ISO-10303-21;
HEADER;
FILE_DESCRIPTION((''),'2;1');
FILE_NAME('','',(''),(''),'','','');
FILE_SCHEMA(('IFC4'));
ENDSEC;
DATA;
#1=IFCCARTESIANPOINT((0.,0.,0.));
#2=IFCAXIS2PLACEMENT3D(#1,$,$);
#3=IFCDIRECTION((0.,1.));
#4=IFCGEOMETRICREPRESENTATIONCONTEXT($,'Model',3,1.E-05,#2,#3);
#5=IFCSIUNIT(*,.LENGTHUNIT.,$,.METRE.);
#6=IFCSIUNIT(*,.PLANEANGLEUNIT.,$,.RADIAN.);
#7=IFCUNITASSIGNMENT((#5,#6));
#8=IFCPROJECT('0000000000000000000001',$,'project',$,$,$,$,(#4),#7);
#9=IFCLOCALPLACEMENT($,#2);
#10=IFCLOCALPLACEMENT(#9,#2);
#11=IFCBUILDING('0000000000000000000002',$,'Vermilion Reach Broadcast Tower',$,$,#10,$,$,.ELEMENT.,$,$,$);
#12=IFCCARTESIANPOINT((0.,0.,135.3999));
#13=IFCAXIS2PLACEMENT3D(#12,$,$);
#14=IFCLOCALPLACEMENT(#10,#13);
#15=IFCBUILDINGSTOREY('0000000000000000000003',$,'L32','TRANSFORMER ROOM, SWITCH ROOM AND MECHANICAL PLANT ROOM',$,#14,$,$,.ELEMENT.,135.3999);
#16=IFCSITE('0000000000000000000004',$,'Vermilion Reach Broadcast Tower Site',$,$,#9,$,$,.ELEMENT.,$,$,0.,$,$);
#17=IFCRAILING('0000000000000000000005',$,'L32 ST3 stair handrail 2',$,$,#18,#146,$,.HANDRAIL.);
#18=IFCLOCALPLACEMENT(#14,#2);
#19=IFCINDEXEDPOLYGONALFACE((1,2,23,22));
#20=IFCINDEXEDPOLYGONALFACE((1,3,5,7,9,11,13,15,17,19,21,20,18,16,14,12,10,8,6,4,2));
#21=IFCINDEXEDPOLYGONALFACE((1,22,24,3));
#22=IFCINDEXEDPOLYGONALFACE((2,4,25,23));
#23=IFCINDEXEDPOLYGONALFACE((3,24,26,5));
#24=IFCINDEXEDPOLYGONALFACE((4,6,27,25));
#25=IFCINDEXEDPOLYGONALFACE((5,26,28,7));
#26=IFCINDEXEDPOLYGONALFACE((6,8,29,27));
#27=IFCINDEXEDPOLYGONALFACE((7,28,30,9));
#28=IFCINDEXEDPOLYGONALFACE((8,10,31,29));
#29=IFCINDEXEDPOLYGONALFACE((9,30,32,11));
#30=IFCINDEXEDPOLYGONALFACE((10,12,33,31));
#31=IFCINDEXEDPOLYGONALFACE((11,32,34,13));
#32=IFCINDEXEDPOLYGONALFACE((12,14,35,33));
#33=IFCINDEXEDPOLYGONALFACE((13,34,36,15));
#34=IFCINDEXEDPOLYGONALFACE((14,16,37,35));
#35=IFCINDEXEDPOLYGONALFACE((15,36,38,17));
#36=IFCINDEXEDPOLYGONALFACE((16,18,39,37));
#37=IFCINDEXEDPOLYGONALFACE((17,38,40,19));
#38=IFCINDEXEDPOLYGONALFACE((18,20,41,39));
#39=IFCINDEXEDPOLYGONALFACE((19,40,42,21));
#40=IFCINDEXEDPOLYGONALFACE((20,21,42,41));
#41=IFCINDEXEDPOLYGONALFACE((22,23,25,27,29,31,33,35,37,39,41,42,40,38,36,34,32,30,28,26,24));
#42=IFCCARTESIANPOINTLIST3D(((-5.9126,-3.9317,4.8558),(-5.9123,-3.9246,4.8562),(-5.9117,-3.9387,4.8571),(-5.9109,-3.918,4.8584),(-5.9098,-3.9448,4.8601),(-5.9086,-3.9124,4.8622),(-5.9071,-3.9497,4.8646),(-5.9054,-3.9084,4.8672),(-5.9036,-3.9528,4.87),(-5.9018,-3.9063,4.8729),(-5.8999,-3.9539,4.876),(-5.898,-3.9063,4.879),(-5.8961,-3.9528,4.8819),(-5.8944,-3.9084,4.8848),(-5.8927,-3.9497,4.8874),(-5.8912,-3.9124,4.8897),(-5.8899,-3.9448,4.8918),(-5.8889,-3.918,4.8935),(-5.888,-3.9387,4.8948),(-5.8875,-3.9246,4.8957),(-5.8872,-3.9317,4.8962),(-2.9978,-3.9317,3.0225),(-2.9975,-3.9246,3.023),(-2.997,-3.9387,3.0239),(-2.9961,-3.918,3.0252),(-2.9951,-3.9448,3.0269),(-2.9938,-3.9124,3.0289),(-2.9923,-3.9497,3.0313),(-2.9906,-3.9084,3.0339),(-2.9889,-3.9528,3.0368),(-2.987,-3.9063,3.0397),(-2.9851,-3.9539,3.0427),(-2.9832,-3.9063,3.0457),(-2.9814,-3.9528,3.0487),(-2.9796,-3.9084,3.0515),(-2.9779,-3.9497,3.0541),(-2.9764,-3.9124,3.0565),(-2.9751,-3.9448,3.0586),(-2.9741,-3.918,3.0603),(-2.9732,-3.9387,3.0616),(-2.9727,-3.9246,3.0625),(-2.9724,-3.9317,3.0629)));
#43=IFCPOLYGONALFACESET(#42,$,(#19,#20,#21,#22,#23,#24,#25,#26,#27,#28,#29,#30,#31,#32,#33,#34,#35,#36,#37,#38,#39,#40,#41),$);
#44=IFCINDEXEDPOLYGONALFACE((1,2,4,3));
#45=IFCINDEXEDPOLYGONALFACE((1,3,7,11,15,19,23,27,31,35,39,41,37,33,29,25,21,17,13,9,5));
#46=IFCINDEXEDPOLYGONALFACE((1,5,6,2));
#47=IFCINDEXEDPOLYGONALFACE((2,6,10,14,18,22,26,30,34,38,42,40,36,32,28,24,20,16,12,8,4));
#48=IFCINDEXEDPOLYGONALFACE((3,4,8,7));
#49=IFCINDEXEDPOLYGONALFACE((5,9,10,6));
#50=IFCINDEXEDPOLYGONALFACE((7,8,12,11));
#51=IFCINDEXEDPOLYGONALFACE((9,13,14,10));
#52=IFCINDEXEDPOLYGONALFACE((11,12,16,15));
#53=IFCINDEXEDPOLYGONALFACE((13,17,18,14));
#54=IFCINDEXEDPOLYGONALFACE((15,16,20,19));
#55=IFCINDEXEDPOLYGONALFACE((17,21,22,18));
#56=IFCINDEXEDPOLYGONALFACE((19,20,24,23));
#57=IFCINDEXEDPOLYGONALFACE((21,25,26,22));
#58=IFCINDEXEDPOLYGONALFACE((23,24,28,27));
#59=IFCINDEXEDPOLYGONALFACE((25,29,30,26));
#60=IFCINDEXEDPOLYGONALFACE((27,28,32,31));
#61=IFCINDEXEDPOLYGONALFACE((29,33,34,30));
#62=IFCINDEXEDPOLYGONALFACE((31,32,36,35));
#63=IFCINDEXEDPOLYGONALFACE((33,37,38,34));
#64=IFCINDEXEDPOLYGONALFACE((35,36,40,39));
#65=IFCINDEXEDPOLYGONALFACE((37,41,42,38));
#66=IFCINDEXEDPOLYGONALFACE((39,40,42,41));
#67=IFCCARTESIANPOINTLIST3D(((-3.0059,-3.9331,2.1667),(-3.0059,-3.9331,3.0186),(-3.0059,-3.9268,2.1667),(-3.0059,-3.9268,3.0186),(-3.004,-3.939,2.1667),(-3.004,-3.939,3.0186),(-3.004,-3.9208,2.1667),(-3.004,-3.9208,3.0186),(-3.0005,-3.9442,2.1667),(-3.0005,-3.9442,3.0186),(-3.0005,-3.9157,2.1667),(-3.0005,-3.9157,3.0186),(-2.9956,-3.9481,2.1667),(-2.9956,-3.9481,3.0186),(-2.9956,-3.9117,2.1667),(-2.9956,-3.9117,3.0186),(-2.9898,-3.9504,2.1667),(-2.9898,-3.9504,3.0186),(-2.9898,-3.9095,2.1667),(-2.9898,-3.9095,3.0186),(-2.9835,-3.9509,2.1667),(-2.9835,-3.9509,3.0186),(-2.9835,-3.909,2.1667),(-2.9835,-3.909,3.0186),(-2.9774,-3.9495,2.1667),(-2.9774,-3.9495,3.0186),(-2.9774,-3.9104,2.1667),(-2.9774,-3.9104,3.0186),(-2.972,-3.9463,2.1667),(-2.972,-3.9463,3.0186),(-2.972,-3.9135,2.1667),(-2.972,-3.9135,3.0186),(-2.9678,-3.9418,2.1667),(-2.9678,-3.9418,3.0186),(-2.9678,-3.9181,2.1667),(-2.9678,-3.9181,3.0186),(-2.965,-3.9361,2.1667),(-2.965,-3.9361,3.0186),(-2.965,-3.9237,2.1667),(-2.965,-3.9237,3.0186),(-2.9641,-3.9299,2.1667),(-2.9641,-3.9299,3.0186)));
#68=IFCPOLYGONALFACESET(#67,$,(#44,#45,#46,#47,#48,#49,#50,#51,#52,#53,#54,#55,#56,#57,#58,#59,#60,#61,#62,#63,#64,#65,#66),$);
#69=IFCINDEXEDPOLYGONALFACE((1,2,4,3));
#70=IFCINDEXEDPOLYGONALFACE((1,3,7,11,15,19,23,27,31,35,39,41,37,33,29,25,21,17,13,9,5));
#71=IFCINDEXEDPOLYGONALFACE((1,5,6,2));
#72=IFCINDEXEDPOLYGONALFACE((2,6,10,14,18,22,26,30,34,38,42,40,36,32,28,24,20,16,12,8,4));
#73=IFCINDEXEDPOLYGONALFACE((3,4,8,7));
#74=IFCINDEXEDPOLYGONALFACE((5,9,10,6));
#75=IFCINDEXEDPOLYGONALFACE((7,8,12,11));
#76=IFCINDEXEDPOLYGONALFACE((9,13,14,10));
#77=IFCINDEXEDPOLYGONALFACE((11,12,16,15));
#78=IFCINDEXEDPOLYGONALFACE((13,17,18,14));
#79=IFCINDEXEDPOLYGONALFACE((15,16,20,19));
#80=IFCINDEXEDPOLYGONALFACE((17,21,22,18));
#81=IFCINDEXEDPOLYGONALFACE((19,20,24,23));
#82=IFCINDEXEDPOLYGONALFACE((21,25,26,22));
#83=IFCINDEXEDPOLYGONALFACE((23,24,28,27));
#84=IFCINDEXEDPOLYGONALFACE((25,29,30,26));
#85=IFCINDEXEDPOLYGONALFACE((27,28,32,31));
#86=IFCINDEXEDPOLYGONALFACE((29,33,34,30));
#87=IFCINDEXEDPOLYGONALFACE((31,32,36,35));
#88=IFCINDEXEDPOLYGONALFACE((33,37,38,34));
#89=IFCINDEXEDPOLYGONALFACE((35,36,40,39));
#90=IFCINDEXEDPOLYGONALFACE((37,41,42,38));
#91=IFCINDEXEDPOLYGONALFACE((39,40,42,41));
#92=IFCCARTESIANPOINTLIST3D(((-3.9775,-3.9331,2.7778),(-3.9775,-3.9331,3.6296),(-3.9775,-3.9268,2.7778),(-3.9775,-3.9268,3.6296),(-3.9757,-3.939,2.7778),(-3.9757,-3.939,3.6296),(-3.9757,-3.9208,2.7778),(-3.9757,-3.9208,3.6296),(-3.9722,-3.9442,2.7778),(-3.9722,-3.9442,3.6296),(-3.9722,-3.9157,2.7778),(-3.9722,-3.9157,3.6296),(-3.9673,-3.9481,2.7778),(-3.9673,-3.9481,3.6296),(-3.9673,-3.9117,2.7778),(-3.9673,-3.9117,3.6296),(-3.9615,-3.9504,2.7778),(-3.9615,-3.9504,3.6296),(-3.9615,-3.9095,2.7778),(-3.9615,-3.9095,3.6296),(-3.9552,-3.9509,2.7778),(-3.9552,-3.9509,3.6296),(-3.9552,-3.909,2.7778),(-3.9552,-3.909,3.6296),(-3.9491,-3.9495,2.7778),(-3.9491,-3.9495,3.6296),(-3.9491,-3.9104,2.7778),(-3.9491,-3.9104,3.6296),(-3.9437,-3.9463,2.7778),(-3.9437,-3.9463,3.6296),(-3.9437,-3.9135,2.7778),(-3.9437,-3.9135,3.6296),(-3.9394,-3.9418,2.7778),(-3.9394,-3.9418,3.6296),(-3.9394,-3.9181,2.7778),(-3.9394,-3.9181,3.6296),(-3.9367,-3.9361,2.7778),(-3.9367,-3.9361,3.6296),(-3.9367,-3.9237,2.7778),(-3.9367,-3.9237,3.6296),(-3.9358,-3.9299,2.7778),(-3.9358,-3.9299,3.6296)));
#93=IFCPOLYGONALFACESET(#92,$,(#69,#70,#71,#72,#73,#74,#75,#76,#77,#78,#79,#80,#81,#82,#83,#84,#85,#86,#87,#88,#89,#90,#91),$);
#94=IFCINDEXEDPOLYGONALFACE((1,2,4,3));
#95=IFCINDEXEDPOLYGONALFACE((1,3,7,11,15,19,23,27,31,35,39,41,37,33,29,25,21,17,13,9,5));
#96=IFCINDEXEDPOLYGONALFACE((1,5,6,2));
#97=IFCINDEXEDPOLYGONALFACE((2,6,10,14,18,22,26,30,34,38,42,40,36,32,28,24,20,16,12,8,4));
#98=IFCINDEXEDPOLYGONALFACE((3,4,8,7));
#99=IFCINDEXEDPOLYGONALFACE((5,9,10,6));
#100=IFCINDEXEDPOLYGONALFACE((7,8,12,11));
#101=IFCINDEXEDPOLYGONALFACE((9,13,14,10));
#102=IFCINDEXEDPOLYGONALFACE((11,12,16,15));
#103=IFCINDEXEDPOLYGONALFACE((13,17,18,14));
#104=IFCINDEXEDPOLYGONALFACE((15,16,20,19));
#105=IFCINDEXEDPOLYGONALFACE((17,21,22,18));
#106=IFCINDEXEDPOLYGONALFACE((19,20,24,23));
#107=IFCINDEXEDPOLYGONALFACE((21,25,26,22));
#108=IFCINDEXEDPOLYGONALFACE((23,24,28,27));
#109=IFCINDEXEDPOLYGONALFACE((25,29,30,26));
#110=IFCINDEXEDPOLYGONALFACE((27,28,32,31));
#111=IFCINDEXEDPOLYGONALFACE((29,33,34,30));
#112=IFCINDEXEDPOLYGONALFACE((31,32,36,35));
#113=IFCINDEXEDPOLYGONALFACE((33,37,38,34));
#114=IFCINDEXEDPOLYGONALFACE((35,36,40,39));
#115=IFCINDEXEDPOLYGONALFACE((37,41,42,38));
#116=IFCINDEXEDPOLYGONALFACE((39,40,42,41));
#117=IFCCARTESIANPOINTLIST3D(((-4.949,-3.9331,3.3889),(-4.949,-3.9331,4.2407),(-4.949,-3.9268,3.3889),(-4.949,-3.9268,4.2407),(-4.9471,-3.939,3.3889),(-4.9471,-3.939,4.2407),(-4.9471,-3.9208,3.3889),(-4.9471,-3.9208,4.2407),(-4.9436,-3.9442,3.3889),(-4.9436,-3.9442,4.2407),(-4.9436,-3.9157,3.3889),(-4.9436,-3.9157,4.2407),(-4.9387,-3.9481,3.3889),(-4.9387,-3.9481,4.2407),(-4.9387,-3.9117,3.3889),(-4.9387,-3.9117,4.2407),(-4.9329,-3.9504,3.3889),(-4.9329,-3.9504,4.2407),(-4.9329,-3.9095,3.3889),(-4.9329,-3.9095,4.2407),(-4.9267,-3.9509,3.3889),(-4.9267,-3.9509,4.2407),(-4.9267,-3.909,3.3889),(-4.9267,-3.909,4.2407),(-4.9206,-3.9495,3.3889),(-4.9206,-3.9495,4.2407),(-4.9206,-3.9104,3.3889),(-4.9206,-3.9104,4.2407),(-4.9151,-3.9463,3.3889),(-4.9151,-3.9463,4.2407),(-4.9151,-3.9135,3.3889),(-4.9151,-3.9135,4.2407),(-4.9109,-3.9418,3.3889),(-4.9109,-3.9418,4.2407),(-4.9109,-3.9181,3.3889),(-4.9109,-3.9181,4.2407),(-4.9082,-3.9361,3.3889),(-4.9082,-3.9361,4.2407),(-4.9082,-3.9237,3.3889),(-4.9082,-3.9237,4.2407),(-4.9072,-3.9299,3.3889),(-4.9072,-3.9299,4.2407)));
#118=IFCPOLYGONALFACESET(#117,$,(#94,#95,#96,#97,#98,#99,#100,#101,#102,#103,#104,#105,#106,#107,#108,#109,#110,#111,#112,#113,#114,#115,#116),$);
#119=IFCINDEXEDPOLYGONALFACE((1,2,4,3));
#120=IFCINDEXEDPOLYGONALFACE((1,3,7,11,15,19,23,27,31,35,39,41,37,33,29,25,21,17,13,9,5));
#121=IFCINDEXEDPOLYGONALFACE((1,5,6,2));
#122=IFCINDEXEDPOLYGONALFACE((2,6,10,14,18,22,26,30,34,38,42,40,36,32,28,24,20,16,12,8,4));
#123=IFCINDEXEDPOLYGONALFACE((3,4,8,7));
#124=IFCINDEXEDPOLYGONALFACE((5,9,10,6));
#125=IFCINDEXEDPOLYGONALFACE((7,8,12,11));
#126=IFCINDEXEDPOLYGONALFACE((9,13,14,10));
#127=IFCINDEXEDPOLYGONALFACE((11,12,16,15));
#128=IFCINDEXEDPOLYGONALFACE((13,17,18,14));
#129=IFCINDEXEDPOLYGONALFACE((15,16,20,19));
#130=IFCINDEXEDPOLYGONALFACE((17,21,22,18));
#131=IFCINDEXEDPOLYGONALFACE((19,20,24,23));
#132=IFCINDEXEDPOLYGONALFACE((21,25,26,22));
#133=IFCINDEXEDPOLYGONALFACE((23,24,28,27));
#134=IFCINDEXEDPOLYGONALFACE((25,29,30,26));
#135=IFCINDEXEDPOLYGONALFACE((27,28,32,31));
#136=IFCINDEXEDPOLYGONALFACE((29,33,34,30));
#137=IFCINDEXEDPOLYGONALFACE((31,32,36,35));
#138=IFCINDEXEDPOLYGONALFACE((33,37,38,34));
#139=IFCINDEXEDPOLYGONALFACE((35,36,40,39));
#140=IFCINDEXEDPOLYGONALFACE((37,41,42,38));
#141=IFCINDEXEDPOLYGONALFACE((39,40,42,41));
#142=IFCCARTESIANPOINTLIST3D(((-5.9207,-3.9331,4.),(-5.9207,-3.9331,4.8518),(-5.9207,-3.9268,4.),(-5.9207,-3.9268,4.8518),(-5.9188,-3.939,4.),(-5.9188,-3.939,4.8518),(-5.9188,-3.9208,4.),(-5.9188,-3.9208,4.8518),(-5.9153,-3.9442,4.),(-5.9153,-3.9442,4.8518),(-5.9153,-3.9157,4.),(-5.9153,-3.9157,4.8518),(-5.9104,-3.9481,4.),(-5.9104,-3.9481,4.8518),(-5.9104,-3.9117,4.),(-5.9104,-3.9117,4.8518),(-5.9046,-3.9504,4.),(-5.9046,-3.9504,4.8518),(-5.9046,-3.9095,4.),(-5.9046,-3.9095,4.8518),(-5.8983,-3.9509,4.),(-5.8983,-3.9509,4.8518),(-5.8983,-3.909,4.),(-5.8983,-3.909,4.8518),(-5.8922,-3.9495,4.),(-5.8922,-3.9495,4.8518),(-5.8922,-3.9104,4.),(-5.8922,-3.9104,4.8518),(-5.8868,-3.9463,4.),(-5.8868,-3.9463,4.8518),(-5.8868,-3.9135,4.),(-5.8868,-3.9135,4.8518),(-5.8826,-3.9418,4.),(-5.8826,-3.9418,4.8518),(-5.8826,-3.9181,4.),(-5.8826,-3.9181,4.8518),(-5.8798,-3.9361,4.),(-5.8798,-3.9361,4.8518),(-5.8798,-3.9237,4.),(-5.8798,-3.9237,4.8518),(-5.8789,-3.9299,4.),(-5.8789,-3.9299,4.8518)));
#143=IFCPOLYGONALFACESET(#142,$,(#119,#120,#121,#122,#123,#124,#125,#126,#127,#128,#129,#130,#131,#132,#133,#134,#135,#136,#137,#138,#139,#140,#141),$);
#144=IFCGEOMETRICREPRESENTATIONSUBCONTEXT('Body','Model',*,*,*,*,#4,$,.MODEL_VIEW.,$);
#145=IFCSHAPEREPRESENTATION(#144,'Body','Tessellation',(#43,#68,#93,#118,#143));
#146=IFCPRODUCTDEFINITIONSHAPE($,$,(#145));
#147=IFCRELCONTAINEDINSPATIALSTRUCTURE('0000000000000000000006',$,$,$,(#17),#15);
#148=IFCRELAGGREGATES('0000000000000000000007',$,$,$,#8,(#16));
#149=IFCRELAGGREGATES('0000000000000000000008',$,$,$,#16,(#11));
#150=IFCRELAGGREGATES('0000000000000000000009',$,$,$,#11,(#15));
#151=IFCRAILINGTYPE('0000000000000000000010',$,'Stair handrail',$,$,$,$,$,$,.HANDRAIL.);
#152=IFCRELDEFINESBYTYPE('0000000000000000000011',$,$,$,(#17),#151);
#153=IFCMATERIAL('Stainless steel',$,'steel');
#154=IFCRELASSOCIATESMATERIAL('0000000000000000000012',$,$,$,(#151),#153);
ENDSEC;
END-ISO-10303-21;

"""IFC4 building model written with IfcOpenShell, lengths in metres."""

from ifc_helpers import new_model, si_unit, direction, frame, origin, origin_2d, place, context, subcontext, project, spatial, circle, extrude, material, type_object, element, save


model = new_model("IFC4")

# Units and contexts
model_context = context("Model", 3, precision=1e-05, world=origin(), true_north=direction((0.0, 1.0)))
body_context = subcontext(model_context, "Body", "Model", "MODEL_VIEW")
ifc_project = project(units=[si_unit("LENGTHUNIT", "METRE"), si_unit("PLANEANGLEUNIT", "RADIAN")], contexts=[model_context])

# Site, building, storey
site_placement = place(None, origin())
site = spatial("IfcSite", under=ifc_project, at=site_placement, Name="Vermilion Reach Broadcast Tower Site", CompositionType="ELEMENT", RefElevation=0.0)
building_placement = place(site_placement, origin())
building = spatial("IfcBuilding", under=site, at=building_placement, Name="Vermilion Reach Broadcast Tower", CompositionType="ELEMENT")
storey_placement = place(building_placement, frame((0.0, 0.0, 135.3999)))
storey = spatial("IfcBuildingStorey", under=building, at=storey_placement, Name="L32", Description="TRANSFORMER ROOM, SWITCH ROOM AND MECHANICAL PLANT ROOM", CompositionType="ELEMENT", Elevation=135.3999)

# Railing
ifc_material_1 = material(Name="Stainless steel", Category="steel")
railing_type_1 = type_object("IfcRailingType", Name="Stair handrail", PredefinedType="HANDRAIL", material=ifc_material_1)
for number, where, name in (
    (1, (-2.9851, -3.9299, 2.1667), "L32 ST3 stair handrail 2"),
):
    element("IfcRailing", number, at=place(storey_placement, frame(where)), inside=storey, type_object=railing_type_1, Name=name, PredefinedType="HANDRAIL", context=body_context, shape_type="SweptSolid", body=[
        extrude(circle(Radius=0.0239, at=origin_2d()), frame((0.0, 0.0, 0.876), z_axis=(-0.846493, 0.0, 0.532399), x_axis=(0.0, -1.0, 0.0)), (0.0, 0.0, 1.0), 3.4434),
        extrude(circle(Radius=0.021, at=origin_2d()), origin(), (0.0, 0.0, 1.0), 0.8518),
        extrude(circle(Radius=0.021, at=origin_2d()), frame((-0.9717, 0.0, 0.6111)), (0.0, 0.0, 1.0), 0.8518),
        extrude(circle(Radius=0.021, at=origin_2d()), frame((-1.9431, 0.0, 1.2222)), (0.0, 0.0, 1.0), 0.8518),
        extrude(circle(Radius=0.021, at=origin_2d()), frame((-2.9148, 0.0, 1.8333)), (0.0, 0.0, 1.0), 0.8518),
    ])

save(model, "model.ifc")
